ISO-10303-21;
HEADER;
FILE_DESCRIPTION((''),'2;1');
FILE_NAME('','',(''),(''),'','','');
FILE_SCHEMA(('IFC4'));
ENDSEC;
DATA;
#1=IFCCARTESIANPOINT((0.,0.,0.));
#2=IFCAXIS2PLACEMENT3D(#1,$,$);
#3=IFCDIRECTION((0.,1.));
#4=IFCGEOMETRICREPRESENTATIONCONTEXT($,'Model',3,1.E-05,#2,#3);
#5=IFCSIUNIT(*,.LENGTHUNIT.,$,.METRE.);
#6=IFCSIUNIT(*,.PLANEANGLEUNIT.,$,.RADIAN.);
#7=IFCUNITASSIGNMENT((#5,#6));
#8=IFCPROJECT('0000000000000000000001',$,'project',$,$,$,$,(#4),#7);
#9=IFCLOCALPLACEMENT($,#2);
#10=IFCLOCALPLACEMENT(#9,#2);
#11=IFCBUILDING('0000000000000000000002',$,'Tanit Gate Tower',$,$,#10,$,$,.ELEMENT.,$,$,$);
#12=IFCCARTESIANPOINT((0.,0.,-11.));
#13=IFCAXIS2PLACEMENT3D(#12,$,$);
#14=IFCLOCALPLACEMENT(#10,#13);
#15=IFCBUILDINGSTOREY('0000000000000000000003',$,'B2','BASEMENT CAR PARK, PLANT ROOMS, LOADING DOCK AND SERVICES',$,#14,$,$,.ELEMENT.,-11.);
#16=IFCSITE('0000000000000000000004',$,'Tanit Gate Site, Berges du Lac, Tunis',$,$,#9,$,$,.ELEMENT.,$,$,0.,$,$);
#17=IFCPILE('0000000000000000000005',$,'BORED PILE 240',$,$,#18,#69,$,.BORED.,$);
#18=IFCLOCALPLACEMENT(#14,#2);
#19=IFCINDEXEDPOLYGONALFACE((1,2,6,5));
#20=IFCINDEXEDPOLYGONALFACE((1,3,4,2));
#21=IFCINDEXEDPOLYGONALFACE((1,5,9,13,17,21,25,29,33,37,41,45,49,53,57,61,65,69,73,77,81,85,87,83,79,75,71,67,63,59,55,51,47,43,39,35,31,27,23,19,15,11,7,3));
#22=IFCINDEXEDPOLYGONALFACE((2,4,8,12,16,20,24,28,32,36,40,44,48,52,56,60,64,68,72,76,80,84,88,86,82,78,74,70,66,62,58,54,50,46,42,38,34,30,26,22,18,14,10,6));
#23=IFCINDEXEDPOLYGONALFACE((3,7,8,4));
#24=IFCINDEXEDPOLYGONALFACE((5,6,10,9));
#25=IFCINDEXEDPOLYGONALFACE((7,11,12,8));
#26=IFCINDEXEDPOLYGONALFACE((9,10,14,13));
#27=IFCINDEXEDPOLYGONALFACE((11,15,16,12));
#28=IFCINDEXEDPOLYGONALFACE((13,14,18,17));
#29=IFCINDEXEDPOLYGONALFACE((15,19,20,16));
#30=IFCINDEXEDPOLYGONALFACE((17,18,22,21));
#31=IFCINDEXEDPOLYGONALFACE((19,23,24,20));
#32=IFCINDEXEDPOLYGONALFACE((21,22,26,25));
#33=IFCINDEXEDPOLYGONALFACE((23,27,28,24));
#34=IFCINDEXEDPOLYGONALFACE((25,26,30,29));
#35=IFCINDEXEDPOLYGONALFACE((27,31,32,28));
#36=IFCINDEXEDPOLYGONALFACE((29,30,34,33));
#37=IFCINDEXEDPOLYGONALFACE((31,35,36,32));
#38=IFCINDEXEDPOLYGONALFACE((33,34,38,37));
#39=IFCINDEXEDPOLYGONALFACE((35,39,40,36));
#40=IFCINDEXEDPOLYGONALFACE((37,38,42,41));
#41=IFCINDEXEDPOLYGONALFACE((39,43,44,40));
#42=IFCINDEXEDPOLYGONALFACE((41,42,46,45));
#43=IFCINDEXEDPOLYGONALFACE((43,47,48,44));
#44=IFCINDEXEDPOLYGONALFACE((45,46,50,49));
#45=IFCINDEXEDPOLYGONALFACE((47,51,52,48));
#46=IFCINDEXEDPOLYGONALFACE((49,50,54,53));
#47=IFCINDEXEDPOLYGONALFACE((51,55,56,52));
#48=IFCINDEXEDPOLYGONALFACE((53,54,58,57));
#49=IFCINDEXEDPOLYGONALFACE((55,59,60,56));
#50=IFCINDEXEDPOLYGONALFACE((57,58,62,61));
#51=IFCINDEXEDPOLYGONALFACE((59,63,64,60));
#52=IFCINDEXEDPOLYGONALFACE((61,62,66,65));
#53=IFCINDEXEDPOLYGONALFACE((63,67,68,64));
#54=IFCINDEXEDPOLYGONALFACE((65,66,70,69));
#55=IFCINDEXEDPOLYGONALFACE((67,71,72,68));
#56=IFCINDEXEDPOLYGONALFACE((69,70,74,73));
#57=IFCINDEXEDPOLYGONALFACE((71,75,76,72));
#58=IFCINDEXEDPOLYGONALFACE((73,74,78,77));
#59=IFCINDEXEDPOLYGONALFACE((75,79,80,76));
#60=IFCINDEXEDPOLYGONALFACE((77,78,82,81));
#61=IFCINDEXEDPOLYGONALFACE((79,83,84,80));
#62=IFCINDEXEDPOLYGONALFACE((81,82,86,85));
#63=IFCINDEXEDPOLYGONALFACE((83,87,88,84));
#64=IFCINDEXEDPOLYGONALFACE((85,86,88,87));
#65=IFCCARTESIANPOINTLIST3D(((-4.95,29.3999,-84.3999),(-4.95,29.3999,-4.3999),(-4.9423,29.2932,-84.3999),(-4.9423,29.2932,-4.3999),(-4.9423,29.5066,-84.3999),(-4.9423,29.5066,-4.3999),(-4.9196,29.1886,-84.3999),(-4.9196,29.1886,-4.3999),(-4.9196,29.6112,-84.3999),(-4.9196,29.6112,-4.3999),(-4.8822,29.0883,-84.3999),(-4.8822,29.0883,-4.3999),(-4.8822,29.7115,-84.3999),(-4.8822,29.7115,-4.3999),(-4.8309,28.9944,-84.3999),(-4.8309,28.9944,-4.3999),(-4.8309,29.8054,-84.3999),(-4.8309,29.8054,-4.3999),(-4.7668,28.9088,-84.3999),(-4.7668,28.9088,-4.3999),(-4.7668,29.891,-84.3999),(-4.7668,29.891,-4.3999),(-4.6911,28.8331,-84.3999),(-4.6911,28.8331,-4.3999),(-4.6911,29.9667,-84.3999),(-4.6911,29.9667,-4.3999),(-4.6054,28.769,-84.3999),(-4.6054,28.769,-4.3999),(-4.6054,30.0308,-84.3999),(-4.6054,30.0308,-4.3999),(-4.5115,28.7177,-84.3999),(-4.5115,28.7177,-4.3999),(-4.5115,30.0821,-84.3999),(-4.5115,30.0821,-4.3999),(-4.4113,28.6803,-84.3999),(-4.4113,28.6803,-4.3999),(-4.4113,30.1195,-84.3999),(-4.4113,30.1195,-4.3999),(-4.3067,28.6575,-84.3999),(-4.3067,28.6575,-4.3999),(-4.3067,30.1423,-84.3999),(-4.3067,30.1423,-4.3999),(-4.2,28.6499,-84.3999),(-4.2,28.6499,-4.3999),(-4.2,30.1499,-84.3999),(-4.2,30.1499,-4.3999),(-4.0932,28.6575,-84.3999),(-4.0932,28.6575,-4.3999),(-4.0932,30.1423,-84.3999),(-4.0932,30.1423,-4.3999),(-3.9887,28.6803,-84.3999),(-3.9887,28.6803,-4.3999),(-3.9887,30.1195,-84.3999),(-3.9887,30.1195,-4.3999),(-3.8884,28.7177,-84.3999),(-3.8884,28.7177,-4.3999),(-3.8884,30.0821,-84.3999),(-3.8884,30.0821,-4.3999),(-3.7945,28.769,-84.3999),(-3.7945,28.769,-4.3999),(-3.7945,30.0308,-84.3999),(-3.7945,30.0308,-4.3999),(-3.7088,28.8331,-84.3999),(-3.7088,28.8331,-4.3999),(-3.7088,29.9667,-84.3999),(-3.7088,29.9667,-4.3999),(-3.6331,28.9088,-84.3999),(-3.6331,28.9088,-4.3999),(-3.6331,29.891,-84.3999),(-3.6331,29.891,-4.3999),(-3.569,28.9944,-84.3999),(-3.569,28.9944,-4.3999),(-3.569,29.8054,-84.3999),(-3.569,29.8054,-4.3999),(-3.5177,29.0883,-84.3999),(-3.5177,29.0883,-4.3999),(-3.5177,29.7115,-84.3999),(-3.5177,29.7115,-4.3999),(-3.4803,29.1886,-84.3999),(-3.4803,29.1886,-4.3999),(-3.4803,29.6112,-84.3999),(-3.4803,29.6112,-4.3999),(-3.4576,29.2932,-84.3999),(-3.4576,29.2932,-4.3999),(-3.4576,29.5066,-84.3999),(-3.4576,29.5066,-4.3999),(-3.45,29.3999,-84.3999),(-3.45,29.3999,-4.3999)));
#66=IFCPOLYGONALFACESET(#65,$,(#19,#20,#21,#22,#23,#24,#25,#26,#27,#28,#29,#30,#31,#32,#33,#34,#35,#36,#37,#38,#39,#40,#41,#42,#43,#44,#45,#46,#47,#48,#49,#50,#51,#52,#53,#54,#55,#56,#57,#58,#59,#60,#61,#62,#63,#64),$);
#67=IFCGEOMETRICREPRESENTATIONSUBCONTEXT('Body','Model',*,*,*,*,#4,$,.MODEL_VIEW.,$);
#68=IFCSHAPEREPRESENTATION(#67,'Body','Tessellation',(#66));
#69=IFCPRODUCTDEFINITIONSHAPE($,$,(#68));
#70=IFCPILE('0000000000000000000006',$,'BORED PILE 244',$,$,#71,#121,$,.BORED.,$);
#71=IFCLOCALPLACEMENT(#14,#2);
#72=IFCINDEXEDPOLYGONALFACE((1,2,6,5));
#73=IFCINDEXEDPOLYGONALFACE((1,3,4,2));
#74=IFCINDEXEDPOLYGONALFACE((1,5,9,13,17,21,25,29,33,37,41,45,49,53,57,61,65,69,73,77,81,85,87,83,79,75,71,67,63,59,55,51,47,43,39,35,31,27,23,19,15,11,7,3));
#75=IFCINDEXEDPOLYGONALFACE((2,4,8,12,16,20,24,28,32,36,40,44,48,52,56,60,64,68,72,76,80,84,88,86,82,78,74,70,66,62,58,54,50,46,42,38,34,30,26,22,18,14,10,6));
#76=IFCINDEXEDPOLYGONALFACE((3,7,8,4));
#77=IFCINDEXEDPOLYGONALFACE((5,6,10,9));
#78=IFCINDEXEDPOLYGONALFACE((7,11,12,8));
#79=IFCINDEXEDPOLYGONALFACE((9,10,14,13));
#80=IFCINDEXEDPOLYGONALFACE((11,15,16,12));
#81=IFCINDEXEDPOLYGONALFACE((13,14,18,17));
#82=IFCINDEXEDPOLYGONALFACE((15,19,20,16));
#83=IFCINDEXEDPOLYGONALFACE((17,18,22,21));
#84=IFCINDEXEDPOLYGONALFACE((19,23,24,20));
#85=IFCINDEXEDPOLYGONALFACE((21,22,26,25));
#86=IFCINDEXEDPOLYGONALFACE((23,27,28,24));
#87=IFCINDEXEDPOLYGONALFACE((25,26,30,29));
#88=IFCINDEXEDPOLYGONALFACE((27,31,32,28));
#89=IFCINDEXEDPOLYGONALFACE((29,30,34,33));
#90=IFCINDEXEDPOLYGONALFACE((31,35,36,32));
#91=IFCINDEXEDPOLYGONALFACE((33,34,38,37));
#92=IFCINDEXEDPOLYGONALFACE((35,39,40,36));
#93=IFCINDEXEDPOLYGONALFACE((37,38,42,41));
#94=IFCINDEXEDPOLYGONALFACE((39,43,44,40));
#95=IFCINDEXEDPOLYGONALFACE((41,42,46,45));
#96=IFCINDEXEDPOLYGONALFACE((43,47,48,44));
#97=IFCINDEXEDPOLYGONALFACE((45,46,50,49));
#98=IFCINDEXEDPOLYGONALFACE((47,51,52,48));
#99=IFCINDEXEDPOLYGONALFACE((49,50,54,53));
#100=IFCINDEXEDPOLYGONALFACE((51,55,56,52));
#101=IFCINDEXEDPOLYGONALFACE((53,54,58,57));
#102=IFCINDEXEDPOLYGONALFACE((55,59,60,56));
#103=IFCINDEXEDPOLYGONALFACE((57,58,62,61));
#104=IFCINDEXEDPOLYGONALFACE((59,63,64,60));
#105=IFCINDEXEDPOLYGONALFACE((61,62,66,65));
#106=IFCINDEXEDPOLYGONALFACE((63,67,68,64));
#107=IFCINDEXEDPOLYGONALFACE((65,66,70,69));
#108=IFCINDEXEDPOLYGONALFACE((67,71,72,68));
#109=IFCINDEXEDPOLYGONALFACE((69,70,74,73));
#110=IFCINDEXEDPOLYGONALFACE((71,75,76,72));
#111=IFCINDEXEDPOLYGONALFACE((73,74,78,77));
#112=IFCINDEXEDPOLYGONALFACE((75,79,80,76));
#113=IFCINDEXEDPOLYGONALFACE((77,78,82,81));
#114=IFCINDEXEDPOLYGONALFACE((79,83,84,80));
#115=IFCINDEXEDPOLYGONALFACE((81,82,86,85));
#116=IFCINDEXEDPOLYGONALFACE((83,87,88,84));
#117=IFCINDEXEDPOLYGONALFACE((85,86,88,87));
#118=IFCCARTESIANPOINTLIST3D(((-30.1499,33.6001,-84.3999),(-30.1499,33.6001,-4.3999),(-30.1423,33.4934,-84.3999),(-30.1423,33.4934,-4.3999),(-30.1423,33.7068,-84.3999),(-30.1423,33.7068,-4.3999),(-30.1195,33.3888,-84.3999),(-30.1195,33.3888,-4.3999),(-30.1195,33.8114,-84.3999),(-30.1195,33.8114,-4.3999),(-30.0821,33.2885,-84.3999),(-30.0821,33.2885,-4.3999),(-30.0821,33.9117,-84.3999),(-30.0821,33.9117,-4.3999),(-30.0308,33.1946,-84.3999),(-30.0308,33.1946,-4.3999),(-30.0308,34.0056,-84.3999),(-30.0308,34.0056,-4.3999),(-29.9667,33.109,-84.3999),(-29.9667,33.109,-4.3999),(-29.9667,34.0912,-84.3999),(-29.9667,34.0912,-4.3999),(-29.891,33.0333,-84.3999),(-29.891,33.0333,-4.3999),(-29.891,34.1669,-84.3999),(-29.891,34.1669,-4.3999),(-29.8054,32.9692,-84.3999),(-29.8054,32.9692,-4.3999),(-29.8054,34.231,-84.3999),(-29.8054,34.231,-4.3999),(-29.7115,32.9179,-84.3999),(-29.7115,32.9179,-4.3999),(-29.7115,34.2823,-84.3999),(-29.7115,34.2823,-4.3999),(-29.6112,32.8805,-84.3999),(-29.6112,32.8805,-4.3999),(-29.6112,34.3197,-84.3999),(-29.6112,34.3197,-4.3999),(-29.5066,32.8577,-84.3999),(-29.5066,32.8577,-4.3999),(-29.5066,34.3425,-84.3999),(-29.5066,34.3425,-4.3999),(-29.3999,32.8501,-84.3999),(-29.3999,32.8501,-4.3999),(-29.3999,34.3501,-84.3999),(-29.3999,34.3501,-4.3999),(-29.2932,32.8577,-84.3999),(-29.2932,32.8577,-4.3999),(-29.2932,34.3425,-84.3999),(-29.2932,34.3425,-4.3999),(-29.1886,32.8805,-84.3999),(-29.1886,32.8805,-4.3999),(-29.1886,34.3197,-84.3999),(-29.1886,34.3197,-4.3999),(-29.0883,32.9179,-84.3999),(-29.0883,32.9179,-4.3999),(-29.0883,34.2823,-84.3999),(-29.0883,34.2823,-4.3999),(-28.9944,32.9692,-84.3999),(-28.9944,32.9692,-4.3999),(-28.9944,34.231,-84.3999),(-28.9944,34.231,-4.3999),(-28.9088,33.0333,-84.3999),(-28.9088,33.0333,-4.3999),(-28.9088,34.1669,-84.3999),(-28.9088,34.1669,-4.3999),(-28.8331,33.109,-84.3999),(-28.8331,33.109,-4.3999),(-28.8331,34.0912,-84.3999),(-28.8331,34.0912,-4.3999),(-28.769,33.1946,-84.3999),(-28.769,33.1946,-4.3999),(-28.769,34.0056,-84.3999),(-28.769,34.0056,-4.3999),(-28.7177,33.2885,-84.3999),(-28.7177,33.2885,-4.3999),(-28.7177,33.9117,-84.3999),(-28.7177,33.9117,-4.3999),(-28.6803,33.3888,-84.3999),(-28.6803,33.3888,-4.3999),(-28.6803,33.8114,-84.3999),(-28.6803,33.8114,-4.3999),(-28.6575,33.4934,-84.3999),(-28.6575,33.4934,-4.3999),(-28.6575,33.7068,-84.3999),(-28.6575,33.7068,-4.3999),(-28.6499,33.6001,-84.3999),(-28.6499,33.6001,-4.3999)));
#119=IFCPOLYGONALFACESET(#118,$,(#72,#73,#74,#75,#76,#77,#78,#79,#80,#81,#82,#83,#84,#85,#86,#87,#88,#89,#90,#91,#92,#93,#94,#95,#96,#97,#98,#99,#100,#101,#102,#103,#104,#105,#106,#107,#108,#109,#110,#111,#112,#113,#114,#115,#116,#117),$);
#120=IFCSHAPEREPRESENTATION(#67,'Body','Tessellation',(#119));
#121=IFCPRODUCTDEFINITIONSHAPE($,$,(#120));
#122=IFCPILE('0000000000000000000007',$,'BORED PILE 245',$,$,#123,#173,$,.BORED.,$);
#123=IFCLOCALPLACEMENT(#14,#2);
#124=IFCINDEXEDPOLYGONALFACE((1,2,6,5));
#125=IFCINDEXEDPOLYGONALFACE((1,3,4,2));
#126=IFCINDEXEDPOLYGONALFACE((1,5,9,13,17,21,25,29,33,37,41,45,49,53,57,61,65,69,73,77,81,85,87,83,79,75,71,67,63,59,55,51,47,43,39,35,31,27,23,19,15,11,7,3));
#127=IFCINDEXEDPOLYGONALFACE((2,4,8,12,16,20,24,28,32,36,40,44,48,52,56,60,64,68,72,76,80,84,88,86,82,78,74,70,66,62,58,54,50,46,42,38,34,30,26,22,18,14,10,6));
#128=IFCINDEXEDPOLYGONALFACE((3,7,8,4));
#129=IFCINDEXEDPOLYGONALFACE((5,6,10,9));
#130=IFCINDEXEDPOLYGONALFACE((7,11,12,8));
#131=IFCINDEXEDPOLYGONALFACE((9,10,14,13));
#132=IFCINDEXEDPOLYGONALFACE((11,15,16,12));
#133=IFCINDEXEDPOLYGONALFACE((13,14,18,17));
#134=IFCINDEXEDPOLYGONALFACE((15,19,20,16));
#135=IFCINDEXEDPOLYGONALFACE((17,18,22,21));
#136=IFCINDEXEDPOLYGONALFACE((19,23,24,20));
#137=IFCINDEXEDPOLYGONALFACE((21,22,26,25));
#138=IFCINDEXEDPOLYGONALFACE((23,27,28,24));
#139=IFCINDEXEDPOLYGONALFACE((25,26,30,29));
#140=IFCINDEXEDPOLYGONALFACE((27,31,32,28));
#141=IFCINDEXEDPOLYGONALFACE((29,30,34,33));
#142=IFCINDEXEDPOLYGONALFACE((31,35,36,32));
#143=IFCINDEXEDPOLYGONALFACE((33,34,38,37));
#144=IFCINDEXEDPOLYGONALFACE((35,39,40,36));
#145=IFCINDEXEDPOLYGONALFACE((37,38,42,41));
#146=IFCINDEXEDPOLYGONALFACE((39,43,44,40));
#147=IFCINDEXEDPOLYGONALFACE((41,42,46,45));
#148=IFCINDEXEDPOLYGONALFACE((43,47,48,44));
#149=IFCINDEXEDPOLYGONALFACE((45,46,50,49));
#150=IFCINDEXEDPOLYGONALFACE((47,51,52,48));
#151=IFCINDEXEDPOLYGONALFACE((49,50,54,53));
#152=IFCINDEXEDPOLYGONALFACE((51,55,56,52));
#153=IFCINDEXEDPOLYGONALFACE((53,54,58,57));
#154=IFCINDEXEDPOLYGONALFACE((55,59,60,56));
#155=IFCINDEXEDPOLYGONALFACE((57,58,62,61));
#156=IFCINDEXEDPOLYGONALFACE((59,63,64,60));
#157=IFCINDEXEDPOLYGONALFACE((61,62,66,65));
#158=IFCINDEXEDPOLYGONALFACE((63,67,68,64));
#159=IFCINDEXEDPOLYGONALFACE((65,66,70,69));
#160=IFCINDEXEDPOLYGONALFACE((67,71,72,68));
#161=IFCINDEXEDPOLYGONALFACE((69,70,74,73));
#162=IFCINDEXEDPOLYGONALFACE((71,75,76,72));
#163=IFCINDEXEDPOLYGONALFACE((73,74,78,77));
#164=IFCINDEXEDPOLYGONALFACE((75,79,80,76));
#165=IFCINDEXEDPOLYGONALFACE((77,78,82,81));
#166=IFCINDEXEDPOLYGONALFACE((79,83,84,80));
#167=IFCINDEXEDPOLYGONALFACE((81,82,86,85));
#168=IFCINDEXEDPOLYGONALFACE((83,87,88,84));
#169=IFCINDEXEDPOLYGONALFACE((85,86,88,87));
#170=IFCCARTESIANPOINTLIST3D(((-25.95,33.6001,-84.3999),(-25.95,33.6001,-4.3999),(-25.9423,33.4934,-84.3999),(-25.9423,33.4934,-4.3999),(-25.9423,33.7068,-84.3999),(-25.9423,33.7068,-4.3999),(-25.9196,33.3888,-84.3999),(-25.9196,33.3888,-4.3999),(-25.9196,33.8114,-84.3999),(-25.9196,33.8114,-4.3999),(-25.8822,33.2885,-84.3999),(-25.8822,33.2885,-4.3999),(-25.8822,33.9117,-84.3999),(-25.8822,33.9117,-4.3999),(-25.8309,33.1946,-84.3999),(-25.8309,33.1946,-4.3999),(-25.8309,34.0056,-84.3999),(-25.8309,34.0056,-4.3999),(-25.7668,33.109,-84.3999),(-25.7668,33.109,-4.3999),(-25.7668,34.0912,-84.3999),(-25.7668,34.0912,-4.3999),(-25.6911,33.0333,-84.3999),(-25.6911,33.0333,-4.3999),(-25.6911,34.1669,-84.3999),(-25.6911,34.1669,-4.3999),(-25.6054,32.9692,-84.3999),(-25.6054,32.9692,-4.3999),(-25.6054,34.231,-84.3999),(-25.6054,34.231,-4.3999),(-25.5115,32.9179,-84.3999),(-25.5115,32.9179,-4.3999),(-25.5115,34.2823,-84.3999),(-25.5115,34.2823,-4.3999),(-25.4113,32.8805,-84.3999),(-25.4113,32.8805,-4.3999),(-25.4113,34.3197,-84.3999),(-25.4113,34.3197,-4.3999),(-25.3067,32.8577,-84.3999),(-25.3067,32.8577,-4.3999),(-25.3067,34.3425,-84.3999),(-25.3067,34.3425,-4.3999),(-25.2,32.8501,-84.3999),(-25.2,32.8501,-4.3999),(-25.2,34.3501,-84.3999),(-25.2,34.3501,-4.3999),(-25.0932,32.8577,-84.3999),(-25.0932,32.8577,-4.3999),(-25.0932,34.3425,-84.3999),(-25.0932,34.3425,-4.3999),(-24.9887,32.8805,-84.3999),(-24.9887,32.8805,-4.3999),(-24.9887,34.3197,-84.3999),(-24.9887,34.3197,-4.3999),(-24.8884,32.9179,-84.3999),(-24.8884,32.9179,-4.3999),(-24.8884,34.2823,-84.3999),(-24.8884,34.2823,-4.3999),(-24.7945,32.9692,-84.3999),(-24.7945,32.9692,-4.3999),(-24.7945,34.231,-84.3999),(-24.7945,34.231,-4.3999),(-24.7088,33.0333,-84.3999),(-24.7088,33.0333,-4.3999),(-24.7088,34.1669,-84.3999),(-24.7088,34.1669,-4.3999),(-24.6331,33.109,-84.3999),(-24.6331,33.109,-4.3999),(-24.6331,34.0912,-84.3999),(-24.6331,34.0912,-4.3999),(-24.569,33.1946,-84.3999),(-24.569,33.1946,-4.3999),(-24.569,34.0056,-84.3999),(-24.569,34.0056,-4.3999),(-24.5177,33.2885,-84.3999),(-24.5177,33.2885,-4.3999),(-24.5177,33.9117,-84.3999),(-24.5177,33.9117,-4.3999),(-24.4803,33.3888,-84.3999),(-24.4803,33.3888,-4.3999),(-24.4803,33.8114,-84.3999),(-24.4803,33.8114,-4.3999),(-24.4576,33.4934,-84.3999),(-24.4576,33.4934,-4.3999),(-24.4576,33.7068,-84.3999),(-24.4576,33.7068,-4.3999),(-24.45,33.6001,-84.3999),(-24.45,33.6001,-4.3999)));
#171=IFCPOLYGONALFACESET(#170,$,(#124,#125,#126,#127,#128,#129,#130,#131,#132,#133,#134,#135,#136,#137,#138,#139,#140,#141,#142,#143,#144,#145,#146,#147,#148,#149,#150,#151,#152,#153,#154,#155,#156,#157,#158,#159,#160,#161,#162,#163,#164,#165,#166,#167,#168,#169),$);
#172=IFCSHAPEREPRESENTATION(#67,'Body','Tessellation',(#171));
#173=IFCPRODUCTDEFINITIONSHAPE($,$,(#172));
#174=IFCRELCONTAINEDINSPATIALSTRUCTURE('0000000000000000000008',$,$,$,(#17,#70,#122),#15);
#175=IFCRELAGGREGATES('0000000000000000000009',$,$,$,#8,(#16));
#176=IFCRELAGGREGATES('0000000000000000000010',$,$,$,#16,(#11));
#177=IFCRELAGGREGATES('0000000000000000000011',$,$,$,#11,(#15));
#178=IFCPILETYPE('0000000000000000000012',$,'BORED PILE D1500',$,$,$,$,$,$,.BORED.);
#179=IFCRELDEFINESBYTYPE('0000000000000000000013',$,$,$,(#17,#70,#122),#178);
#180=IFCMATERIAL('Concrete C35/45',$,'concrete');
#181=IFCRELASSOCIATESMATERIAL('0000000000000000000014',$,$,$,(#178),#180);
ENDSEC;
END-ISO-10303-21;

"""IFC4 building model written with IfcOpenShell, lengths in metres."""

from ifc_helpers import new_model, si_unit, direction, frame, origin, origin_2d, place, context, subcontext, project, spatial, circle, extrude, material, material_profile, profile_set, type_object, element, save


model = new_model("IFC4")

# Units and contexts
model_context = context("Model", 3, precision=1e-05, world=origin(), true_north=direction((0.0, 1.0)))
body_context = subcontext(model_context, "Body", "Model", "MODEL_VIEW")
ifc_project = project(units=[si_unit("LENGTHUNIT", "METRE"), si_unit("PLANEANGLEUNIT", "RADIAN")], contexts=[model_context])

# Site, building, storey
site_placement = place(None, origin())
site = spatial("IfcSite", under=ifc_project, at=site_placement, Name="Tanit Gate Site, Berges du Lac, Tunis", CompositionType="ELEMENT", RefElevation=0.0)
building_placement = place(site_placement, origin())
building = spatial("IfcBuilding", under=site, at=building_placement, Name="Tanit Gate Tower", CompositionType="ELEMENT")
storey_placement = place(building_placement, frame((0.0, 0.0, -11.0)))
storey = spatial("IfcBuildingStorey", under=building, at=storey_placement, Name="B2", Description="BASEMENT CAR PARK, PLANT ROOMS, LOADING DOCK AND SERVICES", CompositionType="ELEMENT", Elevation=-11.0)

# Piles
ifc_material_1 = material(Name="Concrete C35/45", Category="concrete")
ifc_material_profile_1 = material_profile(ifc_material_1, circle(Radius=0.75, at=origin_2d()), Name="BORED PILE D1500 C35/45")
ifc_profile_set_1 = profile_set([ifc_material_profile_1], Name="Concrete C35/45")
pile_type = type_object("IfcPileType", Name="BORED PILE D1500", PredefinedType="BORED", material=ifc_profile_set_1)
for number, where, z_axis, x_axis, name in (
    (1, (-4.2, 29.3999, -4.3999), (0.0, 0.0, -1.0), (1.0, 0.0, 0.0), "BORED PILE 240"),
    (2, (-29.3999, 33.6001, -4.3999), (0.0, 0.0, -1.0), (1.0, 0.0, 0.0), "BORED PILE 244"),
    (3, (-25.2, 33.6001, -4.3999), (0.0, 0.0, -1.0), (1.0, 0.0, 0.0), "BORED PILE 245"),
):
    element("IfcPile", number, at=place(storey_placement, frame(where, z_axis=z_axis, x_axis=x_axis)), inside=storey, type_object=pile_type, Name=name, PredefinedType="BORED", context=body_context, shape_type="SweptSolid", body=[
        extrude(circle(Radius=0.75, at=origin_2d()), origin(), (0.0, 0.0, 1.0), 80.0),
    ])

save(model, "model.ifc")
